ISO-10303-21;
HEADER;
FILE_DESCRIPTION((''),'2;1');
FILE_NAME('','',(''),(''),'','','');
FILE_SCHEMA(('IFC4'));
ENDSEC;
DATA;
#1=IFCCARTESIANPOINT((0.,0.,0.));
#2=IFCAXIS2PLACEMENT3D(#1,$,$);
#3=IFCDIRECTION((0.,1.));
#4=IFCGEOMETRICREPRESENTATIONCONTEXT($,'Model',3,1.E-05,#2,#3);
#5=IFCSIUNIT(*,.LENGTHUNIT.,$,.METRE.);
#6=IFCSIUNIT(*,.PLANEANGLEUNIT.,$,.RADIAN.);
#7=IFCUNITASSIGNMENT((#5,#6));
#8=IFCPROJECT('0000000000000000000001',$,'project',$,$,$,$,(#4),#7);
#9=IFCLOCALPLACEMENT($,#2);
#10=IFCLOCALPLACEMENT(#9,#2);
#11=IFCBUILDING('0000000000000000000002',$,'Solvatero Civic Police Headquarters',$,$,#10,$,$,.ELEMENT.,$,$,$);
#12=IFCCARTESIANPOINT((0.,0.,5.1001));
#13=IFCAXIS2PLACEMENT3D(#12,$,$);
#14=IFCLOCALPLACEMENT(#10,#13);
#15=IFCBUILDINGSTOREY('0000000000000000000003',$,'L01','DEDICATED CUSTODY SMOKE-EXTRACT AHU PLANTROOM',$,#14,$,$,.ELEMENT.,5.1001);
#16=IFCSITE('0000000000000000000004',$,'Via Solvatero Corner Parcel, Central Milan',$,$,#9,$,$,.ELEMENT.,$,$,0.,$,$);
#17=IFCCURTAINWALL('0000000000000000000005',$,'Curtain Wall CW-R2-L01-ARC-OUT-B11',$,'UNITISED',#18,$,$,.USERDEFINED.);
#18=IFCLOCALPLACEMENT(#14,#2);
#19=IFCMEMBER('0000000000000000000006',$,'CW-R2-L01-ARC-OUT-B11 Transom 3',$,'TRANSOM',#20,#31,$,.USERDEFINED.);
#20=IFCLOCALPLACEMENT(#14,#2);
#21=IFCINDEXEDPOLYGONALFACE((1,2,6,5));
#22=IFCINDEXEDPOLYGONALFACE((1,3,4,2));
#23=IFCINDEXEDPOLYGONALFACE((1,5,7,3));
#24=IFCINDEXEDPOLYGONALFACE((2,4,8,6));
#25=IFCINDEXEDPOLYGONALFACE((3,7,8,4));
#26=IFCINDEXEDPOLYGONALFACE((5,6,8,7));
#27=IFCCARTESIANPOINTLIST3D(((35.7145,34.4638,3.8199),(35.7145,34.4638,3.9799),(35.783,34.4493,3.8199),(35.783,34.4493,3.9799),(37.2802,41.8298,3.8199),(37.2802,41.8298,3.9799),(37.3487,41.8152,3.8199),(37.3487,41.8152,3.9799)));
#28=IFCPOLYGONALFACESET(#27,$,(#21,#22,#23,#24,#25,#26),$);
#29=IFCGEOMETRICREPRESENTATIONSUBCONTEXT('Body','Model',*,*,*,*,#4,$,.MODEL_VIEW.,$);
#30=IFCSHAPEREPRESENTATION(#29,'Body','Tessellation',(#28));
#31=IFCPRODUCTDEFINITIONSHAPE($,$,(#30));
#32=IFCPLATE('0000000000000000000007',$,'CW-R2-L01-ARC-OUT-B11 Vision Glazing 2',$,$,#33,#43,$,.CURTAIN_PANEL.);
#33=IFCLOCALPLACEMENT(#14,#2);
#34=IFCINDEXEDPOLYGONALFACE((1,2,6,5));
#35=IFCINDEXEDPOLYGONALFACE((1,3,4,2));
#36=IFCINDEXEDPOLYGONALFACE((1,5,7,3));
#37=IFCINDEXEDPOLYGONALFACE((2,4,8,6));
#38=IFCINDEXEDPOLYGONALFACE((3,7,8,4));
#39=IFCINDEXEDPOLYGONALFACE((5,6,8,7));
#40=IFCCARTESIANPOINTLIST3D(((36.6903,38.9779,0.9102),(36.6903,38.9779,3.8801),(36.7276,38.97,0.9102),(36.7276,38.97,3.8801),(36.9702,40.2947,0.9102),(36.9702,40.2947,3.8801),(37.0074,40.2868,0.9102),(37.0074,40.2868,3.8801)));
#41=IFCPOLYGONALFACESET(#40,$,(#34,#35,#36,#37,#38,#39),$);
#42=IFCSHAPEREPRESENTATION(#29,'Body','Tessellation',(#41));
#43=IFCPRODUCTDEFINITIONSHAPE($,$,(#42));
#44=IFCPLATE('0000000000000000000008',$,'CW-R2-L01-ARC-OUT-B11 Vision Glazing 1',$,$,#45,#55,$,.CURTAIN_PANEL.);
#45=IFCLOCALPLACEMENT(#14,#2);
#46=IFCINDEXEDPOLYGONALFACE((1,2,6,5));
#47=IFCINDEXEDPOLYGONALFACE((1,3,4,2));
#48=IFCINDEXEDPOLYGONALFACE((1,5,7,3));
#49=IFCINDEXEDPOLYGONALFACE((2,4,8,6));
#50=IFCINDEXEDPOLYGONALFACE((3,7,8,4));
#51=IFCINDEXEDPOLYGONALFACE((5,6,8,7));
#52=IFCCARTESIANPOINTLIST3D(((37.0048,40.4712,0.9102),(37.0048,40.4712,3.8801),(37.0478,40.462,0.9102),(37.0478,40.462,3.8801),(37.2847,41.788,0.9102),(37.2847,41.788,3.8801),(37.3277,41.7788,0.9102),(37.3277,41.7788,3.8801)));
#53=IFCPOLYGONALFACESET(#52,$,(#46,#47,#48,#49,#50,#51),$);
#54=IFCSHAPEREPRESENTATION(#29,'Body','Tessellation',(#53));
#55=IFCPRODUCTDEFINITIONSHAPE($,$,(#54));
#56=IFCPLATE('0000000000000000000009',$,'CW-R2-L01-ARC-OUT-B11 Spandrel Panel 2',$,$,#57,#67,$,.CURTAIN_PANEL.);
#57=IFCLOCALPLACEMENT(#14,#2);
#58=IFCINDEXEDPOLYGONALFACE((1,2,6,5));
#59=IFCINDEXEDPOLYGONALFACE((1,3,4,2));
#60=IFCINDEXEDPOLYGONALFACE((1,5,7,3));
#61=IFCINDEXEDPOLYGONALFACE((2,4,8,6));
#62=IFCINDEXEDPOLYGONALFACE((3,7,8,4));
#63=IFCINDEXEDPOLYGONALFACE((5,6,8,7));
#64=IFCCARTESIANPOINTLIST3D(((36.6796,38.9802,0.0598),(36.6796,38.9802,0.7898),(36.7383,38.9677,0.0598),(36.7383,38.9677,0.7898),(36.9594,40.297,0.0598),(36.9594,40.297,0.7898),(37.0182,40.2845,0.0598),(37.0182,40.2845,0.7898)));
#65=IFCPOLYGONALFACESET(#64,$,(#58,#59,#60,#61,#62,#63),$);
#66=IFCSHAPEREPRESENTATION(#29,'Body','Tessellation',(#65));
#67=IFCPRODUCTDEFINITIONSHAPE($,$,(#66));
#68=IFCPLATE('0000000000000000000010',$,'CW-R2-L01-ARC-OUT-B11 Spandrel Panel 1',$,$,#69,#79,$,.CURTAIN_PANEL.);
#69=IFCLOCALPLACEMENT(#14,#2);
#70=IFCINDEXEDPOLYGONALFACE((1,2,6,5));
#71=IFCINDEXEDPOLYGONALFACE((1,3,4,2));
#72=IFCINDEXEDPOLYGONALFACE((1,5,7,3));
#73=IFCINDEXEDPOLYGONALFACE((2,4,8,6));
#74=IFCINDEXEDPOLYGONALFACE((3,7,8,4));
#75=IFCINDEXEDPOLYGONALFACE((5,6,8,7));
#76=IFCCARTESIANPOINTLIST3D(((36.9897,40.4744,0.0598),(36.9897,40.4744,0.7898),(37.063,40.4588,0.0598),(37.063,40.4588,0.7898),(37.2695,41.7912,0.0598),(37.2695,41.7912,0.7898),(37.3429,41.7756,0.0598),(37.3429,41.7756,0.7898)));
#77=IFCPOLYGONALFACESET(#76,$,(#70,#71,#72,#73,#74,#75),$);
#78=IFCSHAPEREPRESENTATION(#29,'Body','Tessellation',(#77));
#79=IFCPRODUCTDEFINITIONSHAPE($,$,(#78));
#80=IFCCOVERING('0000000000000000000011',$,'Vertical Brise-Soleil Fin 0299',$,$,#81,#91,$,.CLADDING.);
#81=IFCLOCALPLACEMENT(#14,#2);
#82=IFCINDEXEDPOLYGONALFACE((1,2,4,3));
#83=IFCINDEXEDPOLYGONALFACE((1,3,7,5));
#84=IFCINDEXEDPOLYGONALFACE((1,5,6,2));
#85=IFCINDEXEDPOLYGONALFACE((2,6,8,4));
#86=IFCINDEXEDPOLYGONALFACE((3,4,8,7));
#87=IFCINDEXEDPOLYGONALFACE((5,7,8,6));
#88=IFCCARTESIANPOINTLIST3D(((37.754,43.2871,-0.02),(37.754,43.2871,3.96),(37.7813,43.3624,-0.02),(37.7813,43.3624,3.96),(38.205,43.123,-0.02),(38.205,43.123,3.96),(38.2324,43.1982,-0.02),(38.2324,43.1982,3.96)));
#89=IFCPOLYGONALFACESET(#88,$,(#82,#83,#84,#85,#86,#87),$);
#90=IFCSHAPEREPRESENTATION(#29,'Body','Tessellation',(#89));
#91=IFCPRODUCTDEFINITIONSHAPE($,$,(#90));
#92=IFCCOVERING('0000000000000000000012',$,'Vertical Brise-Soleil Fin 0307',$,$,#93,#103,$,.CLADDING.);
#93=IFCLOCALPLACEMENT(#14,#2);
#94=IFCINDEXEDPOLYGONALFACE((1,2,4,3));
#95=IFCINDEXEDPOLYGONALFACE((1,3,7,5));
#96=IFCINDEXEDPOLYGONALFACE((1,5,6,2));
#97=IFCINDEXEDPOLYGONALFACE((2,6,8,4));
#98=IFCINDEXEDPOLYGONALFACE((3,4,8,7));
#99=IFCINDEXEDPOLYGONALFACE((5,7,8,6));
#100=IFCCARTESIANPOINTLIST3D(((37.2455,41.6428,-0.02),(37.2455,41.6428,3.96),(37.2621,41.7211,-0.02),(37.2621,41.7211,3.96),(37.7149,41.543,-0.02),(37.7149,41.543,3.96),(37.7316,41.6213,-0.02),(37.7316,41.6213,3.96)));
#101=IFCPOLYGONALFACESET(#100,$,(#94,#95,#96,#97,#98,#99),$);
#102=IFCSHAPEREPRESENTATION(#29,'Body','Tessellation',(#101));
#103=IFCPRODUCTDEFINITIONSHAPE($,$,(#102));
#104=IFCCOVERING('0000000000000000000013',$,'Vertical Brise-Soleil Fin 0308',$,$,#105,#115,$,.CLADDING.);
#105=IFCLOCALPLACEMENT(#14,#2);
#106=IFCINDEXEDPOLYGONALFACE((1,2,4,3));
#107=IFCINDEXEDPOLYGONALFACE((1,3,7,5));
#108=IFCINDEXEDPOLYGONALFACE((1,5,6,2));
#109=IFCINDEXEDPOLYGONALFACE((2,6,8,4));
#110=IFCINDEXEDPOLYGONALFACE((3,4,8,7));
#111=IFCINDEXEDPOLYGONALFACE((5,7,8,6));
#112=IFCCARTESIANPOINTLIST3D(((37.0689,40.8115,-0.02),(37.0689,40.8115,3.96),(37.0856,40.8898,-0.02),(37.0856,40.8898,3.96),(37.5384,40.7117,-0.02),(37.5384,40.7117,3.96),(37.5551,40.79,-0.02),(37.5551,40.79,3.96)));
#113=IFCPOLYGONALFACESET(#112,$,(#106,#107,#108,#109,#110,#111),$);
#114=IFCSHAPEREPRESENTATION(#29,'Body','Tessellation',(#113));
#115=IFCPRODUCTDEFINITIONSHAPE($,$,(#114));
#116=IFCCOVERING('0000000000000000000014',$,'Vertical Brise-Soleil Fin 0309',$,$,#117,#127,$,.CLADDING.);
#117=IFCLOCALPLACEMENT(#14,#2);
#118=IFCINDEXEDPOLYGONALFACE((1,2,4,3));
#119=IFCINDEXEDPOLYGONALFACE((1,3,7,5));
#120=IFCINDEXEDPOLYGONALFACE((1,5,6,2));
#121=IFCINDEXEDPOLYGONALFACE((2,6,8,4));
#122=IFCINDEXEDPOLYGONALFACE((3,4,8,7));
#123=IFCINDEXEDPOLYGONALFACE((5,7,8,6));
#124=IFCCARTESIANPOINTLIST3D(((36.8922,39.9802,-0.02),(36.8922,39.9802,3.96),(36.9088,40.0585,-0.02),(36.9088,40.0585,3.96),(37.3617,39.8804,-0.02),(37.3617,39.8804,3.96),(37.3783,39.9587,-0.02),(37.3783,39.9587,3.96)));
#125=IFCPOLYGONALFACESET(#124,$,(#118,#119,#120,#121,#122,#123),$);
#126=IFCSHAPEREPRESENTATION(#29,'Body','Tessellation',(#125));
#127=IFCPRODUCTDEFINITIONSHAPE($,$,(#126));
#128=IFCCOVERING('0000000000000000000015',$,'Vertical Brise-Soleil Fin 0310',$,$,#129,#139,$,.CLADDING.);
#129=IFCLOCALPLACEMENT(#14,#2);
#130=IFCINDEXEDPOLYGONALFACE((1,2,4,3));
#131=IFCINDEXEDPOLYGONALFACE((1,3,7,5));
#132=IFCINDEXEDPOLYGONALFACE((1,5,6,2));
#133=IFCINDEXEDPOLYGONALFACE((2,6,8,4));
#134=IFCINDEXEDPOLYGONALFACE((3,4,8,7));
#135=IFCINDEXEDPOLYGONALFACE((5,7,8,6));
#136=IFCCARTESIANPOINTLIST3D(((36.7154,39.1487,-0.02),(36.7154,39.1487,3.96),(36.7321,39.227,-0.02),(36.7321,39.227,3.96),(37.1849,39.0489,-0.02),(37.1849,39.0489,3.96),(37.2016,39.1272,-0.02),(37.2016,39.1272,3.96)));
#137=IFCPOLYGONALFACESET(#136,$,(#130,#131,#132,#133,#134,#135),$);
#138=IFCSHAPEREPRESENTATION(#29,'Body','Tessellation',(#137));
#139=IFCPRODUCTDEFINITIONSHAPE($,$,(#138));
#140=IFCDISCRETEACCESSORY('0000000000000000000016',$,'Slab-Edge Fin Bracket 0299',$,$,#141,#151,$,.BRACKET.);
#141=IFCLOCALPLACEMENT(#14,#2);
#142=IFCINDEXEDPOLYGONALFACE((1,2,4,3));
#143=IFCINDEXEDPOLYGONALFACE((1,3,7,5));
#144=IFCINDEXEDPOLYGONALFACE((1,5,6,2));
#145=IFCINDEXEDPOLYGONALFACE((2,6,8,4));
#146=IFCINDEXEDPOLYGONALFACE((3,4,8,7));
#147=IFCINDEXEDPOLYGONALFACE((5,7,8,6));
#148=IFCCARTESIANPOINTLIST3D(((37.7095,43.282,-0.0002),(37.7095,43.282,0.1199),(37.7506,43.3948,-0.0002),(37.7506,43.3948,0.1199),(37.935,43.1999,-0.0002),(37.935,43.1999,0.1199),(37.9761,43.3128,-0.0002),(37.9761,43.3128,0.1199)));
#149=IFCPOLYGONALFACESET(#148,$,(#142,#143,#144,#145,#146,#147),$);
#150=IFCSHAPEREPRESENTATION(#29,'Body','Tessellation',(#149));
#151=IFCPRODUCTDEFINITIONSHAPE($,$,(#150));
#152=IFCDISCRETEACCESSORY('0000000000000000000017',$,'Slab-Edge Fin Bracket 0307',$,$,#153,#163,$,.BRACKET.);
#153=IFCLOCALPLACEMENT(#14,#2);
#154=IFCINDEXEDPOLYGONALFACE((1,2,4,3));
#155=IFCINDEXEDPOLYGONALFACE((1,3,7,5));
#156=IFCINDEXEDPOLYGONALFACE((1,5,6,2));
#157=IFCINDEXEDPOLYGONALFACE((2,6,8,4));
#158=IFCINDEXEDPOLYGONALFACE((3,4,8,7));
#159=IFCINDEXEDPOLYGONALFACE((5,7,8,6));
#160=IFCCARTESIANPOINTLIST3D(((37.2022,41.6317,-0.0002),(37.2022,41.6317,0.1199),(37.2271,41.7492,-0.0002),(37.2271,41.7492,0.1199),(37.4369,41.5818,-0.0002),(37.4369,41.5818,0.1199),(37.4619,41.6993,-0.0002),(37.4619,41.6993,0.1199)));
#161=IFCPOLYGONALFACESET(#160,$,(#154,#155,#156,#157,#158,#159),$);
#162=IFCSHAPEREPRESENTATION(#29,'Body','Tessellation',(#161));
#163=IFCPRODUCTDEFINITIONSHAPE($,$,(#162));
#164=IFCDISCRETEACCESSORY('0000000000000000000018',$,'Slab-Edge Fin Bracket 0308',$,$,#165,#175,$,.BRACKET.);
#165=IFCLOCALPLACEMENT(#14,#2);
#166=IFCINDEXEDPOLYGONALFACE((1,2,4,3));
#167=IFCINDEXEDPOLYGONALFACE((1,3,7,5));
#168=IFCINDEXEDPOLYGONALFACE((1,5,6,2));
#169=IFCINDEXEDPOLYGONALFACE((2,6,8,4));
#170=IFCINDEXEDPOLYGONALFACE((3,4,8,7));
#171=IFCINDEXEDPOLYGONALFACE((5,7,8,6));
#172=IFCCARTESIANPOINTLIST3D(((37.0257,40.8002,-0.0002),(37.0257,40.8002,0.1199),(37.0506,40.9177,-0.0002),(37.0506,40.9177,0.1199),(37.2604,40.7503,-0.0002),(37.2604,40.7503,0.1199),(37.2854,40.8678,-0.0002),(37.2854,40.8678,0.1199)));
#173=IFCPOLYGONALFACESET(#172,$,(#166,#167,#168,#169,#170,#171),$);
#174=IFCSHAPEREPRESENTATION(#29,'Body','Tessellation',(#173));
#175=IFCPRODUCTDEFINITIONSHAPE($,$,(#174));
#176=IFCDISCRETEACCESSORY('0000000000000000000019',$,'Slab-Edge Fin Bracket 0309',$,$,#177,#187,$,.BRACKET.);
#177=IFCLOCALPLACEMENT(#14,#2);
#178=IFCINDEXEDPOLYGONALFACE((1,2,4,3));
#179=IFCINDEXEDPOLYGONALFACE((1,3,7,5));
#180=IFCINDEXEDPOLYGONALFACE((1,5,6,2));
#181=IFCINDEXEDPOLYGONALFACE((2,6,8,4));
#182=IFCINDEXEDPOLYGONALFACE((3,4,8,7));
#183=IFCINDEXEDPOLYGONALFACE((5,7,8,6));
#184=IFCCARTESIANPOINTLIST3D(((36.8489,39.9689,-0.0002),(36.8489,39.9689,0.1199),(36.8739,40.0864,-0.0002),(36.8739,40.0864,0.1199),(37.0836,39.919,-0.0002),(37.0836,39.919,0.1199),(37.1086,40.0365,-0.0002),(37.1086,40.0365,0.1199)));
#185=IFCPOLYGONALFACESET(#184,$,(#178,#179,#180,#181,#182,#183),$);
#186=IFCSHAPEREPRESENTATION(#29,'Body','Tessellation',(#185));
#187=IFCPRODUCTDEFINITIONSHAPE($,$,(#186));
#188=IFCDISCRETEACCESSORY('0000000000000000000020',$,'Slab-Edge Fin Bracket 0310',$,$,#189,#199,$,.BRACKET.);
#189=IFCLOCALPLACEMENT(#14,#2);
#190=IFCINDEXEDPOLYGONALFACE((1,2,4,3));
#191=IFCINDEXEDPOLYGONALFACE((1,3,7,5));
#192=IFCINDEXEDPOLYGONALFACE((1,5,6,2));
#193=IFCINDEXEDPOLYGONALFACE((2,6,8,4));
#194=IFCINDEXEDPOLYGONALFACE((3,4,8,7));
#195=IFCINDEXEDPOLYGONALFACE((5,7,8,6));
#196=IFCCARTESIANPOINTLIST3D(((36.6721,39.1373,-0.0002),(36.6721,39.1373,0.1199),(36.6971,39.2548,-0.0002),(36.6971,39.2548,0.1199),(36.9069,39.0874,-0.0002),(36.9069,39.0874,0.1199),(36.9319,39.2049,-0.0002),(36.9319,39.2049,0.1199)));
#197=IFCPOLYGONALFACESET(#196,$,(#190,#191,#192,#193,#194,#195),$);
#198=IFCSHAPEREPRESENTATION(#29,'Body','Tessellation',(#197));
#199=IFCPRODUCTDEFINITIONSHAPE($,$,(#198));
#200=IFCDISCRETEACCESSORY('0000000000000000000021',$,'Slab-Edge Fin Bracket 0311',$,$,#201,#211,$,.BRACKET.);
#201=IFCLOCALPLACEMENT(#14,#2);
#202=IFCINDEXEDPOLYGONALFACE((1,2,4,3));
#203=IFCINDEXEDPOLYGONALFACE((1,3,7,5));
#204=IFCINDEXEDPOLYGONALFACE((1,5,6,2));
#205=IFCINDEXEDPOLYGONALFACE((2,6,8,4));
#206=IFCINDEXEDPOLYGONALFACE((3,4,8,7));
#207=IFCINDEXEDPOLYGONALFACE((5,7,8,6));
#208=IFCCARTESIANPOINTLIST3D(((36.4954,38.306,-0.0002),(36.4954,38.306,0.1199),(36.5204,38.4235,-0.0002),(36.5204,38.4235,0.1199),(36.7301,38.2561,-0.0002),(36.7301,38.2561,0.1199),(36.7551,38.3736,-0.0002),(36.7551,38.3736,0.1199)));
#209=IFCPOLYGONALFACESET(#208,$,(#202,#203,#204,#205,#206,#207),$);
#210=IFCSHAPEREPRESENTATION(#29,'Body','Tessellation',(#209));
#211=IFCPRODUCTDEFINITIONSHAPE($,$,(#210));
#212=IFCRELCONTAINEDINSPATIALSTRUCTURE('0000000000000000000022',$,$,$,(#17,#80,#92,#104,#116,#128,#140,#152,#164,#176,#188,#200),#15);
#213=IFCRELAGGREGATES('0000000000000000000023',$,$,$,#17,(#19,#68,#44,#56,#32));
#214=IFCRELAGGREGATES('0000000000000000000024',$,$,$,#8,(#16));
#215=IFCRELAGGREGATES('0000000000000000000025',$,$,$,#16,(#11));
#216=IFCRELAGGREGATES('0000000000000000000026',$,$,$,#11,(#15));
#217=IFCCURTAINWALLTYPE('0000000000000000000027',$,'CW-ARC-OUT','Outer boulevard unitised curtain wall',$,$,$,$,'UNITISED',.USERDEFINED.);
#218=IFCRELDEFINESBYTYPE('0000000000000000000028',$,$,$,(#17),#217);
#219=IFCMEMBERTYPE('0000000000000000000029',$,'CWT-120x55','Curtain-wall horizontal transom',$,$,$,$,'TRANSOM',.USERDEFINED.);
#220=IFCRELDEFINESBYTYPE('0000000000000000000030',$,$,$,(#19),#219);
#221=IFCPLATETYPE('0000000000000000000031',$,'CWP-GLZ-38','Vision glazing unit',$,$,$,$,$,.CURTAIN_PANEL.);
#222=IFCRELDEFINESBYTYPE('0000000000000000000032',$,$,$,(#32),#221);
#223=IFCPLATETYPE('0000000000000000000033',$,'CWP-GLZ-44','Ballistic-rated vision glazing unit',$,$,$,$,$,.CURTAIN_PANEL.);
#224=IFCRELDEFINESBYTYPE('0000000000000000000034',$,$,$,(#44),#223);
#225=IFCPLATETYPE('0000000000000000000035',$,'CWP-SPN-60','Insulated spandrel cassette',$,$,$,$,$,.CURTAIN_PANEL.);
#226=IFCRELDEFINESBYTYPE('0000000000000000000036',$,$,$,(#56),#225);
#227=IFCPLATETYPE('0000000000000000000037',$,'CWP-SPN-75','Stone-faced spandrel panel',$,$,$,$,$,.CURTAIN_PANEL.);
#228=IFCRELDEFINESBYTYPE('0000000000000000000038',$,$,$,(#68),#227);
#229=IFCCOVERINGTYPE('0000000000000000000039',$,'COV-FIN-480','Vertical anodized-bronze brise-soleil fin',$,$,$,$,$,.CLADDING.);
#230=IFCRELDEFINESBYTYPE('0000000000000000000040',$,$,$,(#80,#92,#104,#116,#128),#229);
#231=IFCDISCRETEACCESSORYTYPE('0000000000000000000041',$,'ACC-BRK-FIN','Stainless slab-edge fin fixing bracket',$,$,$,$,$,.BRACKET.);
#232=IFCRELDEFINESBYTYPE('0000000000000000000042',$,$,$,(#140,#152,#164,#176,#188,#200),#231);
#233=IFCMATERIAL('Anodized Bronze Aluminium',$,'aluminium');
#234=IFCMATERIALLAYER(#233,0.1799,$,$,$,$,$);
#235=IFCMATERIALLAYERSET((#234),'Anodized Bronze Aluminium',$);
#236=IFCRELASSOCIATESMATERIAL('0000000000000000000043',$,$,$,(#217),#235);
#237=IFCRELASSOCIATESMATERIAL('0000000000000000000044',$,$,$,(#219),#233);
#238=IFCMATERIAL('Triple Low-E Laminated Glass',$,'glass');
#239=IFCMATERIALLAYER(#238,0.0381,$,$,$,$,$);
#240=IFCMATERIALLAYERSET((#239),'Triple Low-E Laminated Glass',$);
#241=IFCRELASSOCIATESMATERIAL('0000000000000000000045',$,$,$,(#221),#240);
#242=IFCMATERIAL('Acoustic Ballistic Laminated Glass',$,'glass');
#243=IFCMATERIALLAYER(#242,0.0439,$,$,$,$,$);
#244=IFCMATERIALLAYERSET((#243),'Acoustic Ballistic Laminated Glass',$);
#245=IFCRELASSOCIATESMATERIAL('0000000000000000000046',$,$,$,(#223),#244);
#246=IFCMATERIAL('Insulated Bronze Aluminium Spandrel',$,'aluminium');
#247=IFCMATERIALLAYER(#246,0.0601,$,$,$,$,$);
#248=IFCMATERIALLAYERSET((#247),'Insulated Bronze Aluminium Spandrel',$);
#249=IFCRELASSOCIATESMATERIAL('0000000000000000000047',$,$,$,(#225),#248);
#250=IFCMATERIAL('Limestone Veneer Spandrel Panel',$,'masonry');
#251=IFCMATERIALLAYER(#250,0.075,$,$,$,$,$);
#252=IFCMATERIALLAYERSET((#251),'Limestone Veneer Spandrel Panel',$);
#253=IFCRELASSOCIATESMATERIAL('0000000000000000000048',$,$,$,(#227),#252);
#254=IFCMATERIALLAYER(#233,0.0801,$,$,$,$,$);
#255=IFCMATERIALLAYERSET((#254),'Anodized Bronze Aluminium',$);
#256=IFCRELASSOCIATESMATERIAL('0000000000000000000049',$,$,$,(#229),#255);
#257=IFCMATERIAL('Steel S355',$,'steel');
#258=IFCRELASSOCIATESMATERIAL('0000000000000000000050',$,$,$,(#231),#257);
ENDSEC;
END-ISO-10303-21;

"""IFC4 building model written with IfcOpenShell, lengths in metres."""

from ifc_helpers import new_model, si_unit, direction, frame, origin, origin_2d, place, context, subcontext, project, spatial, rectangle, extrude, material, layer, layer_set, material_profile, profile_set, type_object, element, aggregate, save


model = new_model("IFC4")

# Units and contexts
model_context = context("Model", 3, precision=1e-05, world=origin(), true_north=direction((0.0, 1.0)))
body_context = subcontext(model_context, "Body", "Model", "MODEL_VIEW")
ifc_project = project(units=[si_unit("LENGTHUNIT", "METRE"), si_unit("PLANEANGLEUNIT", "RADIAN")], contexts=[model_context])

# Site, building, storey
site_placement = place(None, origin())
site = spatial("IfcSite", under=ifc_project, at=site_placement, Name="Via Solvatero Corner Parcel, Central Milan", CompositionType="ELEMENT", RefElevation=0.0)
building_placement = place(site_placement, origin())
building = spatial("IfcBuilding", under=site, at=building_placement, Name="Solvatero Civic Police Headquarters", CompositionType="ELEMENT")
storey_placement = place(building_placement, frame((0.0, 0.0, 5.1001)))
storey = spatial("IfcBuildingStorey", under=building, at=storey_placement, Name="L01", Description="DEDICATED CUSTODY SMOKE-EXTRACT AHU PLANTROOM", CompositionType="ELEMENT", Elevation=5.1001)

# Shared definitions
ifc_material_1 = material(Name="Steel S355", Category="steel")

# Shared definitions
ifc_material_2 = material(Name="Anodized Bronze Aluminium", Category="aluminium")
ifc_layer_1 = layer(ifc_material_2, 0.1799)
ifc_layer_set_1 = layer_set([ifc_layer_1], Name="Anodized Bronze Aluminium")
curtain_wall_type = type_object("IfcCurtainWallType", Name="CW-ARC-OUT", Description="Outer boulevard unitised curtain wall", ElementType="UNITISED", PredefinedType="USERDEFINED", material=ifc_layer_set_1)

# Curtain wall, member, plates
curtain_wall_1_placement = place(storey_placement, origin())
curtain_wall_1 = element("IfcCurtainWall", 1, at=curtain_wall_1_placement, inside=storey, type_object=curtain_wall_type, Name="Curtain Wall CW-R2-L01-ARC-OUT-B11", ObjectType="UNITISED", PredefinedType="USERDEFINED")
ifc_material_profile_1 = material_profile(ifc_material_2, rectangle(XDim=0.0701, YDim=0.1599, at=origin_2d()), Name="ALU TRANSOM 70x160")
ifc_profile_set_1 = profile_set([ifc_material_profile_1], Name="Anodized Bronze Aluminium")
member_type_1 = type_object("IfcMemberType", Name="CWT-120x55", Description="Curtain-wall horizontal transom", ElementType="TRANSOM", PredefinedType="USERDEFINED", material=ifc_profile_set_1)
member_1_placement = place(storey_placement, frame((37.3145, 41.8225, 3.8999), z_axis=(-0.20791, -0.978148, 0.0), x_axis=(0.978148, -0.20791, 0.0)))
member_1 = element("IfcMember", 2, at=member_1_placement, type_object=member_type_1, Name="CW-R2-L01-ARC-OUT-B11 Transom 3", ObjectType="TRANSOM", PredefinedType="USERDEFINED", context=body_context, shape_type="SweptSolid", body=[
    extrude(rectangle(XDim=0.0701, YDim=0.1599, at=origin_2d()), origin(), (0.0, 0.0, 1.0), 7.5305),
])
ifc_material_3 = material(Name="Triple Low-E Laminated Glass", Category="glass")
ifc_layer_2 = layer(ifc_material_3, 0.0381)
ifc_layer_set_2 = layer_set([ifc_layer_2], Name="Triple Low-E Laminated Glass")
plate_type_1 = type_object("IfcPlateType", Name="CWP-GLZ-38", Description="Vision glazing unit", PredefinedType="CURTAIN_PANEL", material=ifc_layer_set_2)
plate_1_placement = place(storey_placement, frame((36.8489, 39.6323, 0.9102), z_axis=(0.0, 0.0, 1.0), x_axis=(-0.207912, -0.978148, 0.0)))
plate_1 = element("IfcPlate", 3, at=plate_1_placement, type_object=plate_type_1, Name="CW-R2-L01-ARC-OUT-B11 Vision Glazing 2", PredefinedType="CURTAIN_PANEL", context=body_context, shape_type="SweptSolid", body=[
    extrude(rectangle(XDim=1.3462, YDim=0.0381, at=origin_2d()), origin(), (0.0, 0.0, 1.0), 2.97),
])
ifc_material_4 = material(Name="Acoustic Ballistic Laminated Glass", Category="glass")
ifc_layer_3 = layer(ifc_material_4, 0.0439)
ifc_layer_set_3 = layer_set([ifc_layer_3], Name="Acoustic Ballistic Laminated Glass")
plate_type_2 = type_object("IfcPlateType", Name="CWP-GLZ-44", Description="Ballistic-rated vision glazing unit", PredefinedType="CURTAIN_PANEL", material=ifc_layer_set_3)
plate_2_placement = place(storey_placement, frame((37.1663, 41.125, 0.9102), z_axis=(0.0, 0.0, 1.0), x_axis=(-0.207912, -0.978148, 0.0)))
plate_2 = element("IfcPlate", 4, at=plate_2_placement, type_object=plate_type_2, Name="CW-R2-L01-ARC-OUT-B11 Vision Glazing 1", PredefinedType="CURTAIN_PANEL", context=body_context, shape_type="SweptSolid", body=[
    extrude(rectangle(XDim=1.3462, YDim=0.0439, at=origin_2d()), origin(), (0.0, 0.0, 1.0), 2.97),
])
ifc_material_5 = material(Name="Insulated Bronze Aluminium Spandrel", Category="aluminium")
ifc_layer_4 = layer(ifc_material_5, 0.0601)
ifc_layer_set_4 = layer_set([ifc_layer_4], Name="Insulated Bronze Aluminium Spandrel")
plate_type_3 = type_object("IfcPlateType", Name="CWP-SPN-60", Description="Insulated spandrel cassette", PredefinedType="CURTAIN_PANEL", material=ifc_layer_set_4)
plate_3_placement = place(storey_placement, frame((36.8489, 39.6323, 0.0598), z_axis=(0.0, 0.0, 1.0), x_axis=(-0.207912, -0.978148, 0.0)))
plate_3 = element("IfcPlate", 5, at=plate_3_placement, type_object=plate_type_3, Name="CW-R2-L01-ARC-OUT-B11 Spandrel Panel 2", PredefinedType="CURTAIN_PANEL", context=body_context, shape_type="SweptSolid", body=[
    extrude(rectangle(XDim=1.3462, YDim=0.0601, at=origin_2d()), origin(), (0.0, 0.0, 1.0), 0.73),
])
ifc_material_6 = material(Name="Limestone Veneer Spandrel Panel", Category="masonry")
ifc_layer_5 = layer(ifc_material_6, 0.075)
ifc_layer_set_5 = layer_set([ifc_layer_5], Name="Limestone Veneer Spandrel Panel")
plate_type_4 = type_object("IfcPlateType", Name="CWP-SPN-75", Description="Stone-faced spandrel panel", PredefinedType="CURTAIN_PANEL", material=ifc_layer_set_5)
plate_4_placement = place(storey_placement, frame((37.1663, 41.125, 0.0598), z_axis=(0.0, 0.0, 1.0), x_axis=(-0.207912, -0.978148, 0.0)))
plate_4 = element("IfcPlate", 6, at=plate_4_placement, type_object=plate_type_4, Name="CW-R2-L01-ARC-OUT-B11 Spandrel Panel 1", PredefinedType="CURTAIN_PANEL", context=body_context, shape_type="SweptSolid", body=[
    extrude(rectangle(XDim=1.3462, YDim=0.075, at=origin_2d()), origin(), (0.0, 0.0, 1.0), 0.73),
])
aggregate(curtain_wall_1, [member_1, plate_4, plate_2, plate_3, plate_1])

# Coverings
ifc_layer_6 = layer(ifc_material_2, 0.0801)
ifc_layer_set_6 = layer_set([ifc_layer_6], Name="Anodized Bronze Aluminium")
covering_type = type_object("IfcCoveringType", Name="COV-FIN-480", Description="Vertical anodized-bronze brise-soleil fin", PredefinedType="CLADDING", material=ifc_layer_set_6)
for number, where, z_axis, x_axis, name in (
    (7, (37.9932, 43.2427, -0.02), (0.0, 0.0, 1.0), (-0.34202, -0.939693, 0.0), "Vertical Brise-Soleil Fin 0299"),
    (8, (37.4885, 41.6321, -0.02), (0.0, 0.0, 1.0), (-0.207912, -0.978148, 0.0), "Vertical Brise-Soleil Fin 0307"),
    (9, (37.312, 40.8008, -0.02), (0.0, 0.0, 1.0), (-0.207912, -0.978148, 0.0), "Vertical Brise-Soleil Fin 0308"),
    (10, (37.1353, 39.9695, -0.02), (0.0, 0.0, 1.0), (-0.207912, -0.978148, 0.0), "Vertical Brise-Soleil Fin 0309"),
    (11, (36.9585, 39.1379, -0.02), (0.0, 0.0, 1.0), (-0.207912, -0.978148, 0.0), "Vertical Brise-Soleil Fin 0310"),
):
    element("IfcCovering", number, at=place(storey_placement, frame(where, z_axis=z_axis, x_axis=x_axis)), inside=storey, type_object=covering_type, Name=name, PredefinedType="CLADDING", context=body_context, shape_type="SweptSolid", body=[
        extrude(rectangle(XDim=0.0801, YDim=0.48, at=origin_2d()), origin(), (0.0, 0.0, 1.0), 3.98),
    ])

# Discrete accessories
discrete_accessory_type = type_object("IfcDiscreteAccessoryType", Name="ACC-BRK-FIN", Description="Stainless slab-edge fin fixing bracket", PredefinedType="BRACKET", material=ifc_material_1)
for number, where, z_axis, x_axis, name in (
    (12, (37.8428, 43.2974, -0.0002), (0.0, 0.0, 1.0), (-0.34202, -0.939693, 0.0), "Slab-Edge Fin Bracket 0299"),
    (13, (37.332, 41.6655, -0.0002), (0.0, 0.0, 1.0), (-0.207912, -0.978148, 0.0), "Slab-Edge Fin Bracket 0307"),
    (14, (37.1555, 40.834, -0.0002), (0.0, 0.0, 1.0), (-0.207912, -0.978148, 0.0), "Slab-Edge Fin Bracket 0308"),
    (15, (36.9788, 40.0027, -0.0002), (0.0, 0.0, 1.0), (-0.207912, -0.978148, 0.0), "Slab-Edge Fin Bracket 0309"),
    (16, (36.802, 39.1711, -0.0002), (0.0, 0.0, 1.0), (-0.207912, -0.978148, 0.0), "Slab-Edge Fin Bracket 0310"),
    (17, (36.6252, 38.3398, -0.0002), (0.0, 0.0, 1.0), (-0.207912, -0.978148, 0.0), "Slab-Edge Fin Bracket 0311"),
):
    element("IfcDiscreteAccessory", number, at=place(storey_placement, frame(where, z_axis=z_axis, x_axis=x_axis)), inside=storey, type_object=discrete_accessory_type, Name=name, PredefinedType="BRACKET", context=body_context, shape_type="SweptSolid", body=[
        extrude(rectangle(XDim=0.1201, YDim=0.24, at=origin_2d()), origin(), (0.0, 0.0, 1.0), 0.1201),
    ])

save(model, "model.ifc")
